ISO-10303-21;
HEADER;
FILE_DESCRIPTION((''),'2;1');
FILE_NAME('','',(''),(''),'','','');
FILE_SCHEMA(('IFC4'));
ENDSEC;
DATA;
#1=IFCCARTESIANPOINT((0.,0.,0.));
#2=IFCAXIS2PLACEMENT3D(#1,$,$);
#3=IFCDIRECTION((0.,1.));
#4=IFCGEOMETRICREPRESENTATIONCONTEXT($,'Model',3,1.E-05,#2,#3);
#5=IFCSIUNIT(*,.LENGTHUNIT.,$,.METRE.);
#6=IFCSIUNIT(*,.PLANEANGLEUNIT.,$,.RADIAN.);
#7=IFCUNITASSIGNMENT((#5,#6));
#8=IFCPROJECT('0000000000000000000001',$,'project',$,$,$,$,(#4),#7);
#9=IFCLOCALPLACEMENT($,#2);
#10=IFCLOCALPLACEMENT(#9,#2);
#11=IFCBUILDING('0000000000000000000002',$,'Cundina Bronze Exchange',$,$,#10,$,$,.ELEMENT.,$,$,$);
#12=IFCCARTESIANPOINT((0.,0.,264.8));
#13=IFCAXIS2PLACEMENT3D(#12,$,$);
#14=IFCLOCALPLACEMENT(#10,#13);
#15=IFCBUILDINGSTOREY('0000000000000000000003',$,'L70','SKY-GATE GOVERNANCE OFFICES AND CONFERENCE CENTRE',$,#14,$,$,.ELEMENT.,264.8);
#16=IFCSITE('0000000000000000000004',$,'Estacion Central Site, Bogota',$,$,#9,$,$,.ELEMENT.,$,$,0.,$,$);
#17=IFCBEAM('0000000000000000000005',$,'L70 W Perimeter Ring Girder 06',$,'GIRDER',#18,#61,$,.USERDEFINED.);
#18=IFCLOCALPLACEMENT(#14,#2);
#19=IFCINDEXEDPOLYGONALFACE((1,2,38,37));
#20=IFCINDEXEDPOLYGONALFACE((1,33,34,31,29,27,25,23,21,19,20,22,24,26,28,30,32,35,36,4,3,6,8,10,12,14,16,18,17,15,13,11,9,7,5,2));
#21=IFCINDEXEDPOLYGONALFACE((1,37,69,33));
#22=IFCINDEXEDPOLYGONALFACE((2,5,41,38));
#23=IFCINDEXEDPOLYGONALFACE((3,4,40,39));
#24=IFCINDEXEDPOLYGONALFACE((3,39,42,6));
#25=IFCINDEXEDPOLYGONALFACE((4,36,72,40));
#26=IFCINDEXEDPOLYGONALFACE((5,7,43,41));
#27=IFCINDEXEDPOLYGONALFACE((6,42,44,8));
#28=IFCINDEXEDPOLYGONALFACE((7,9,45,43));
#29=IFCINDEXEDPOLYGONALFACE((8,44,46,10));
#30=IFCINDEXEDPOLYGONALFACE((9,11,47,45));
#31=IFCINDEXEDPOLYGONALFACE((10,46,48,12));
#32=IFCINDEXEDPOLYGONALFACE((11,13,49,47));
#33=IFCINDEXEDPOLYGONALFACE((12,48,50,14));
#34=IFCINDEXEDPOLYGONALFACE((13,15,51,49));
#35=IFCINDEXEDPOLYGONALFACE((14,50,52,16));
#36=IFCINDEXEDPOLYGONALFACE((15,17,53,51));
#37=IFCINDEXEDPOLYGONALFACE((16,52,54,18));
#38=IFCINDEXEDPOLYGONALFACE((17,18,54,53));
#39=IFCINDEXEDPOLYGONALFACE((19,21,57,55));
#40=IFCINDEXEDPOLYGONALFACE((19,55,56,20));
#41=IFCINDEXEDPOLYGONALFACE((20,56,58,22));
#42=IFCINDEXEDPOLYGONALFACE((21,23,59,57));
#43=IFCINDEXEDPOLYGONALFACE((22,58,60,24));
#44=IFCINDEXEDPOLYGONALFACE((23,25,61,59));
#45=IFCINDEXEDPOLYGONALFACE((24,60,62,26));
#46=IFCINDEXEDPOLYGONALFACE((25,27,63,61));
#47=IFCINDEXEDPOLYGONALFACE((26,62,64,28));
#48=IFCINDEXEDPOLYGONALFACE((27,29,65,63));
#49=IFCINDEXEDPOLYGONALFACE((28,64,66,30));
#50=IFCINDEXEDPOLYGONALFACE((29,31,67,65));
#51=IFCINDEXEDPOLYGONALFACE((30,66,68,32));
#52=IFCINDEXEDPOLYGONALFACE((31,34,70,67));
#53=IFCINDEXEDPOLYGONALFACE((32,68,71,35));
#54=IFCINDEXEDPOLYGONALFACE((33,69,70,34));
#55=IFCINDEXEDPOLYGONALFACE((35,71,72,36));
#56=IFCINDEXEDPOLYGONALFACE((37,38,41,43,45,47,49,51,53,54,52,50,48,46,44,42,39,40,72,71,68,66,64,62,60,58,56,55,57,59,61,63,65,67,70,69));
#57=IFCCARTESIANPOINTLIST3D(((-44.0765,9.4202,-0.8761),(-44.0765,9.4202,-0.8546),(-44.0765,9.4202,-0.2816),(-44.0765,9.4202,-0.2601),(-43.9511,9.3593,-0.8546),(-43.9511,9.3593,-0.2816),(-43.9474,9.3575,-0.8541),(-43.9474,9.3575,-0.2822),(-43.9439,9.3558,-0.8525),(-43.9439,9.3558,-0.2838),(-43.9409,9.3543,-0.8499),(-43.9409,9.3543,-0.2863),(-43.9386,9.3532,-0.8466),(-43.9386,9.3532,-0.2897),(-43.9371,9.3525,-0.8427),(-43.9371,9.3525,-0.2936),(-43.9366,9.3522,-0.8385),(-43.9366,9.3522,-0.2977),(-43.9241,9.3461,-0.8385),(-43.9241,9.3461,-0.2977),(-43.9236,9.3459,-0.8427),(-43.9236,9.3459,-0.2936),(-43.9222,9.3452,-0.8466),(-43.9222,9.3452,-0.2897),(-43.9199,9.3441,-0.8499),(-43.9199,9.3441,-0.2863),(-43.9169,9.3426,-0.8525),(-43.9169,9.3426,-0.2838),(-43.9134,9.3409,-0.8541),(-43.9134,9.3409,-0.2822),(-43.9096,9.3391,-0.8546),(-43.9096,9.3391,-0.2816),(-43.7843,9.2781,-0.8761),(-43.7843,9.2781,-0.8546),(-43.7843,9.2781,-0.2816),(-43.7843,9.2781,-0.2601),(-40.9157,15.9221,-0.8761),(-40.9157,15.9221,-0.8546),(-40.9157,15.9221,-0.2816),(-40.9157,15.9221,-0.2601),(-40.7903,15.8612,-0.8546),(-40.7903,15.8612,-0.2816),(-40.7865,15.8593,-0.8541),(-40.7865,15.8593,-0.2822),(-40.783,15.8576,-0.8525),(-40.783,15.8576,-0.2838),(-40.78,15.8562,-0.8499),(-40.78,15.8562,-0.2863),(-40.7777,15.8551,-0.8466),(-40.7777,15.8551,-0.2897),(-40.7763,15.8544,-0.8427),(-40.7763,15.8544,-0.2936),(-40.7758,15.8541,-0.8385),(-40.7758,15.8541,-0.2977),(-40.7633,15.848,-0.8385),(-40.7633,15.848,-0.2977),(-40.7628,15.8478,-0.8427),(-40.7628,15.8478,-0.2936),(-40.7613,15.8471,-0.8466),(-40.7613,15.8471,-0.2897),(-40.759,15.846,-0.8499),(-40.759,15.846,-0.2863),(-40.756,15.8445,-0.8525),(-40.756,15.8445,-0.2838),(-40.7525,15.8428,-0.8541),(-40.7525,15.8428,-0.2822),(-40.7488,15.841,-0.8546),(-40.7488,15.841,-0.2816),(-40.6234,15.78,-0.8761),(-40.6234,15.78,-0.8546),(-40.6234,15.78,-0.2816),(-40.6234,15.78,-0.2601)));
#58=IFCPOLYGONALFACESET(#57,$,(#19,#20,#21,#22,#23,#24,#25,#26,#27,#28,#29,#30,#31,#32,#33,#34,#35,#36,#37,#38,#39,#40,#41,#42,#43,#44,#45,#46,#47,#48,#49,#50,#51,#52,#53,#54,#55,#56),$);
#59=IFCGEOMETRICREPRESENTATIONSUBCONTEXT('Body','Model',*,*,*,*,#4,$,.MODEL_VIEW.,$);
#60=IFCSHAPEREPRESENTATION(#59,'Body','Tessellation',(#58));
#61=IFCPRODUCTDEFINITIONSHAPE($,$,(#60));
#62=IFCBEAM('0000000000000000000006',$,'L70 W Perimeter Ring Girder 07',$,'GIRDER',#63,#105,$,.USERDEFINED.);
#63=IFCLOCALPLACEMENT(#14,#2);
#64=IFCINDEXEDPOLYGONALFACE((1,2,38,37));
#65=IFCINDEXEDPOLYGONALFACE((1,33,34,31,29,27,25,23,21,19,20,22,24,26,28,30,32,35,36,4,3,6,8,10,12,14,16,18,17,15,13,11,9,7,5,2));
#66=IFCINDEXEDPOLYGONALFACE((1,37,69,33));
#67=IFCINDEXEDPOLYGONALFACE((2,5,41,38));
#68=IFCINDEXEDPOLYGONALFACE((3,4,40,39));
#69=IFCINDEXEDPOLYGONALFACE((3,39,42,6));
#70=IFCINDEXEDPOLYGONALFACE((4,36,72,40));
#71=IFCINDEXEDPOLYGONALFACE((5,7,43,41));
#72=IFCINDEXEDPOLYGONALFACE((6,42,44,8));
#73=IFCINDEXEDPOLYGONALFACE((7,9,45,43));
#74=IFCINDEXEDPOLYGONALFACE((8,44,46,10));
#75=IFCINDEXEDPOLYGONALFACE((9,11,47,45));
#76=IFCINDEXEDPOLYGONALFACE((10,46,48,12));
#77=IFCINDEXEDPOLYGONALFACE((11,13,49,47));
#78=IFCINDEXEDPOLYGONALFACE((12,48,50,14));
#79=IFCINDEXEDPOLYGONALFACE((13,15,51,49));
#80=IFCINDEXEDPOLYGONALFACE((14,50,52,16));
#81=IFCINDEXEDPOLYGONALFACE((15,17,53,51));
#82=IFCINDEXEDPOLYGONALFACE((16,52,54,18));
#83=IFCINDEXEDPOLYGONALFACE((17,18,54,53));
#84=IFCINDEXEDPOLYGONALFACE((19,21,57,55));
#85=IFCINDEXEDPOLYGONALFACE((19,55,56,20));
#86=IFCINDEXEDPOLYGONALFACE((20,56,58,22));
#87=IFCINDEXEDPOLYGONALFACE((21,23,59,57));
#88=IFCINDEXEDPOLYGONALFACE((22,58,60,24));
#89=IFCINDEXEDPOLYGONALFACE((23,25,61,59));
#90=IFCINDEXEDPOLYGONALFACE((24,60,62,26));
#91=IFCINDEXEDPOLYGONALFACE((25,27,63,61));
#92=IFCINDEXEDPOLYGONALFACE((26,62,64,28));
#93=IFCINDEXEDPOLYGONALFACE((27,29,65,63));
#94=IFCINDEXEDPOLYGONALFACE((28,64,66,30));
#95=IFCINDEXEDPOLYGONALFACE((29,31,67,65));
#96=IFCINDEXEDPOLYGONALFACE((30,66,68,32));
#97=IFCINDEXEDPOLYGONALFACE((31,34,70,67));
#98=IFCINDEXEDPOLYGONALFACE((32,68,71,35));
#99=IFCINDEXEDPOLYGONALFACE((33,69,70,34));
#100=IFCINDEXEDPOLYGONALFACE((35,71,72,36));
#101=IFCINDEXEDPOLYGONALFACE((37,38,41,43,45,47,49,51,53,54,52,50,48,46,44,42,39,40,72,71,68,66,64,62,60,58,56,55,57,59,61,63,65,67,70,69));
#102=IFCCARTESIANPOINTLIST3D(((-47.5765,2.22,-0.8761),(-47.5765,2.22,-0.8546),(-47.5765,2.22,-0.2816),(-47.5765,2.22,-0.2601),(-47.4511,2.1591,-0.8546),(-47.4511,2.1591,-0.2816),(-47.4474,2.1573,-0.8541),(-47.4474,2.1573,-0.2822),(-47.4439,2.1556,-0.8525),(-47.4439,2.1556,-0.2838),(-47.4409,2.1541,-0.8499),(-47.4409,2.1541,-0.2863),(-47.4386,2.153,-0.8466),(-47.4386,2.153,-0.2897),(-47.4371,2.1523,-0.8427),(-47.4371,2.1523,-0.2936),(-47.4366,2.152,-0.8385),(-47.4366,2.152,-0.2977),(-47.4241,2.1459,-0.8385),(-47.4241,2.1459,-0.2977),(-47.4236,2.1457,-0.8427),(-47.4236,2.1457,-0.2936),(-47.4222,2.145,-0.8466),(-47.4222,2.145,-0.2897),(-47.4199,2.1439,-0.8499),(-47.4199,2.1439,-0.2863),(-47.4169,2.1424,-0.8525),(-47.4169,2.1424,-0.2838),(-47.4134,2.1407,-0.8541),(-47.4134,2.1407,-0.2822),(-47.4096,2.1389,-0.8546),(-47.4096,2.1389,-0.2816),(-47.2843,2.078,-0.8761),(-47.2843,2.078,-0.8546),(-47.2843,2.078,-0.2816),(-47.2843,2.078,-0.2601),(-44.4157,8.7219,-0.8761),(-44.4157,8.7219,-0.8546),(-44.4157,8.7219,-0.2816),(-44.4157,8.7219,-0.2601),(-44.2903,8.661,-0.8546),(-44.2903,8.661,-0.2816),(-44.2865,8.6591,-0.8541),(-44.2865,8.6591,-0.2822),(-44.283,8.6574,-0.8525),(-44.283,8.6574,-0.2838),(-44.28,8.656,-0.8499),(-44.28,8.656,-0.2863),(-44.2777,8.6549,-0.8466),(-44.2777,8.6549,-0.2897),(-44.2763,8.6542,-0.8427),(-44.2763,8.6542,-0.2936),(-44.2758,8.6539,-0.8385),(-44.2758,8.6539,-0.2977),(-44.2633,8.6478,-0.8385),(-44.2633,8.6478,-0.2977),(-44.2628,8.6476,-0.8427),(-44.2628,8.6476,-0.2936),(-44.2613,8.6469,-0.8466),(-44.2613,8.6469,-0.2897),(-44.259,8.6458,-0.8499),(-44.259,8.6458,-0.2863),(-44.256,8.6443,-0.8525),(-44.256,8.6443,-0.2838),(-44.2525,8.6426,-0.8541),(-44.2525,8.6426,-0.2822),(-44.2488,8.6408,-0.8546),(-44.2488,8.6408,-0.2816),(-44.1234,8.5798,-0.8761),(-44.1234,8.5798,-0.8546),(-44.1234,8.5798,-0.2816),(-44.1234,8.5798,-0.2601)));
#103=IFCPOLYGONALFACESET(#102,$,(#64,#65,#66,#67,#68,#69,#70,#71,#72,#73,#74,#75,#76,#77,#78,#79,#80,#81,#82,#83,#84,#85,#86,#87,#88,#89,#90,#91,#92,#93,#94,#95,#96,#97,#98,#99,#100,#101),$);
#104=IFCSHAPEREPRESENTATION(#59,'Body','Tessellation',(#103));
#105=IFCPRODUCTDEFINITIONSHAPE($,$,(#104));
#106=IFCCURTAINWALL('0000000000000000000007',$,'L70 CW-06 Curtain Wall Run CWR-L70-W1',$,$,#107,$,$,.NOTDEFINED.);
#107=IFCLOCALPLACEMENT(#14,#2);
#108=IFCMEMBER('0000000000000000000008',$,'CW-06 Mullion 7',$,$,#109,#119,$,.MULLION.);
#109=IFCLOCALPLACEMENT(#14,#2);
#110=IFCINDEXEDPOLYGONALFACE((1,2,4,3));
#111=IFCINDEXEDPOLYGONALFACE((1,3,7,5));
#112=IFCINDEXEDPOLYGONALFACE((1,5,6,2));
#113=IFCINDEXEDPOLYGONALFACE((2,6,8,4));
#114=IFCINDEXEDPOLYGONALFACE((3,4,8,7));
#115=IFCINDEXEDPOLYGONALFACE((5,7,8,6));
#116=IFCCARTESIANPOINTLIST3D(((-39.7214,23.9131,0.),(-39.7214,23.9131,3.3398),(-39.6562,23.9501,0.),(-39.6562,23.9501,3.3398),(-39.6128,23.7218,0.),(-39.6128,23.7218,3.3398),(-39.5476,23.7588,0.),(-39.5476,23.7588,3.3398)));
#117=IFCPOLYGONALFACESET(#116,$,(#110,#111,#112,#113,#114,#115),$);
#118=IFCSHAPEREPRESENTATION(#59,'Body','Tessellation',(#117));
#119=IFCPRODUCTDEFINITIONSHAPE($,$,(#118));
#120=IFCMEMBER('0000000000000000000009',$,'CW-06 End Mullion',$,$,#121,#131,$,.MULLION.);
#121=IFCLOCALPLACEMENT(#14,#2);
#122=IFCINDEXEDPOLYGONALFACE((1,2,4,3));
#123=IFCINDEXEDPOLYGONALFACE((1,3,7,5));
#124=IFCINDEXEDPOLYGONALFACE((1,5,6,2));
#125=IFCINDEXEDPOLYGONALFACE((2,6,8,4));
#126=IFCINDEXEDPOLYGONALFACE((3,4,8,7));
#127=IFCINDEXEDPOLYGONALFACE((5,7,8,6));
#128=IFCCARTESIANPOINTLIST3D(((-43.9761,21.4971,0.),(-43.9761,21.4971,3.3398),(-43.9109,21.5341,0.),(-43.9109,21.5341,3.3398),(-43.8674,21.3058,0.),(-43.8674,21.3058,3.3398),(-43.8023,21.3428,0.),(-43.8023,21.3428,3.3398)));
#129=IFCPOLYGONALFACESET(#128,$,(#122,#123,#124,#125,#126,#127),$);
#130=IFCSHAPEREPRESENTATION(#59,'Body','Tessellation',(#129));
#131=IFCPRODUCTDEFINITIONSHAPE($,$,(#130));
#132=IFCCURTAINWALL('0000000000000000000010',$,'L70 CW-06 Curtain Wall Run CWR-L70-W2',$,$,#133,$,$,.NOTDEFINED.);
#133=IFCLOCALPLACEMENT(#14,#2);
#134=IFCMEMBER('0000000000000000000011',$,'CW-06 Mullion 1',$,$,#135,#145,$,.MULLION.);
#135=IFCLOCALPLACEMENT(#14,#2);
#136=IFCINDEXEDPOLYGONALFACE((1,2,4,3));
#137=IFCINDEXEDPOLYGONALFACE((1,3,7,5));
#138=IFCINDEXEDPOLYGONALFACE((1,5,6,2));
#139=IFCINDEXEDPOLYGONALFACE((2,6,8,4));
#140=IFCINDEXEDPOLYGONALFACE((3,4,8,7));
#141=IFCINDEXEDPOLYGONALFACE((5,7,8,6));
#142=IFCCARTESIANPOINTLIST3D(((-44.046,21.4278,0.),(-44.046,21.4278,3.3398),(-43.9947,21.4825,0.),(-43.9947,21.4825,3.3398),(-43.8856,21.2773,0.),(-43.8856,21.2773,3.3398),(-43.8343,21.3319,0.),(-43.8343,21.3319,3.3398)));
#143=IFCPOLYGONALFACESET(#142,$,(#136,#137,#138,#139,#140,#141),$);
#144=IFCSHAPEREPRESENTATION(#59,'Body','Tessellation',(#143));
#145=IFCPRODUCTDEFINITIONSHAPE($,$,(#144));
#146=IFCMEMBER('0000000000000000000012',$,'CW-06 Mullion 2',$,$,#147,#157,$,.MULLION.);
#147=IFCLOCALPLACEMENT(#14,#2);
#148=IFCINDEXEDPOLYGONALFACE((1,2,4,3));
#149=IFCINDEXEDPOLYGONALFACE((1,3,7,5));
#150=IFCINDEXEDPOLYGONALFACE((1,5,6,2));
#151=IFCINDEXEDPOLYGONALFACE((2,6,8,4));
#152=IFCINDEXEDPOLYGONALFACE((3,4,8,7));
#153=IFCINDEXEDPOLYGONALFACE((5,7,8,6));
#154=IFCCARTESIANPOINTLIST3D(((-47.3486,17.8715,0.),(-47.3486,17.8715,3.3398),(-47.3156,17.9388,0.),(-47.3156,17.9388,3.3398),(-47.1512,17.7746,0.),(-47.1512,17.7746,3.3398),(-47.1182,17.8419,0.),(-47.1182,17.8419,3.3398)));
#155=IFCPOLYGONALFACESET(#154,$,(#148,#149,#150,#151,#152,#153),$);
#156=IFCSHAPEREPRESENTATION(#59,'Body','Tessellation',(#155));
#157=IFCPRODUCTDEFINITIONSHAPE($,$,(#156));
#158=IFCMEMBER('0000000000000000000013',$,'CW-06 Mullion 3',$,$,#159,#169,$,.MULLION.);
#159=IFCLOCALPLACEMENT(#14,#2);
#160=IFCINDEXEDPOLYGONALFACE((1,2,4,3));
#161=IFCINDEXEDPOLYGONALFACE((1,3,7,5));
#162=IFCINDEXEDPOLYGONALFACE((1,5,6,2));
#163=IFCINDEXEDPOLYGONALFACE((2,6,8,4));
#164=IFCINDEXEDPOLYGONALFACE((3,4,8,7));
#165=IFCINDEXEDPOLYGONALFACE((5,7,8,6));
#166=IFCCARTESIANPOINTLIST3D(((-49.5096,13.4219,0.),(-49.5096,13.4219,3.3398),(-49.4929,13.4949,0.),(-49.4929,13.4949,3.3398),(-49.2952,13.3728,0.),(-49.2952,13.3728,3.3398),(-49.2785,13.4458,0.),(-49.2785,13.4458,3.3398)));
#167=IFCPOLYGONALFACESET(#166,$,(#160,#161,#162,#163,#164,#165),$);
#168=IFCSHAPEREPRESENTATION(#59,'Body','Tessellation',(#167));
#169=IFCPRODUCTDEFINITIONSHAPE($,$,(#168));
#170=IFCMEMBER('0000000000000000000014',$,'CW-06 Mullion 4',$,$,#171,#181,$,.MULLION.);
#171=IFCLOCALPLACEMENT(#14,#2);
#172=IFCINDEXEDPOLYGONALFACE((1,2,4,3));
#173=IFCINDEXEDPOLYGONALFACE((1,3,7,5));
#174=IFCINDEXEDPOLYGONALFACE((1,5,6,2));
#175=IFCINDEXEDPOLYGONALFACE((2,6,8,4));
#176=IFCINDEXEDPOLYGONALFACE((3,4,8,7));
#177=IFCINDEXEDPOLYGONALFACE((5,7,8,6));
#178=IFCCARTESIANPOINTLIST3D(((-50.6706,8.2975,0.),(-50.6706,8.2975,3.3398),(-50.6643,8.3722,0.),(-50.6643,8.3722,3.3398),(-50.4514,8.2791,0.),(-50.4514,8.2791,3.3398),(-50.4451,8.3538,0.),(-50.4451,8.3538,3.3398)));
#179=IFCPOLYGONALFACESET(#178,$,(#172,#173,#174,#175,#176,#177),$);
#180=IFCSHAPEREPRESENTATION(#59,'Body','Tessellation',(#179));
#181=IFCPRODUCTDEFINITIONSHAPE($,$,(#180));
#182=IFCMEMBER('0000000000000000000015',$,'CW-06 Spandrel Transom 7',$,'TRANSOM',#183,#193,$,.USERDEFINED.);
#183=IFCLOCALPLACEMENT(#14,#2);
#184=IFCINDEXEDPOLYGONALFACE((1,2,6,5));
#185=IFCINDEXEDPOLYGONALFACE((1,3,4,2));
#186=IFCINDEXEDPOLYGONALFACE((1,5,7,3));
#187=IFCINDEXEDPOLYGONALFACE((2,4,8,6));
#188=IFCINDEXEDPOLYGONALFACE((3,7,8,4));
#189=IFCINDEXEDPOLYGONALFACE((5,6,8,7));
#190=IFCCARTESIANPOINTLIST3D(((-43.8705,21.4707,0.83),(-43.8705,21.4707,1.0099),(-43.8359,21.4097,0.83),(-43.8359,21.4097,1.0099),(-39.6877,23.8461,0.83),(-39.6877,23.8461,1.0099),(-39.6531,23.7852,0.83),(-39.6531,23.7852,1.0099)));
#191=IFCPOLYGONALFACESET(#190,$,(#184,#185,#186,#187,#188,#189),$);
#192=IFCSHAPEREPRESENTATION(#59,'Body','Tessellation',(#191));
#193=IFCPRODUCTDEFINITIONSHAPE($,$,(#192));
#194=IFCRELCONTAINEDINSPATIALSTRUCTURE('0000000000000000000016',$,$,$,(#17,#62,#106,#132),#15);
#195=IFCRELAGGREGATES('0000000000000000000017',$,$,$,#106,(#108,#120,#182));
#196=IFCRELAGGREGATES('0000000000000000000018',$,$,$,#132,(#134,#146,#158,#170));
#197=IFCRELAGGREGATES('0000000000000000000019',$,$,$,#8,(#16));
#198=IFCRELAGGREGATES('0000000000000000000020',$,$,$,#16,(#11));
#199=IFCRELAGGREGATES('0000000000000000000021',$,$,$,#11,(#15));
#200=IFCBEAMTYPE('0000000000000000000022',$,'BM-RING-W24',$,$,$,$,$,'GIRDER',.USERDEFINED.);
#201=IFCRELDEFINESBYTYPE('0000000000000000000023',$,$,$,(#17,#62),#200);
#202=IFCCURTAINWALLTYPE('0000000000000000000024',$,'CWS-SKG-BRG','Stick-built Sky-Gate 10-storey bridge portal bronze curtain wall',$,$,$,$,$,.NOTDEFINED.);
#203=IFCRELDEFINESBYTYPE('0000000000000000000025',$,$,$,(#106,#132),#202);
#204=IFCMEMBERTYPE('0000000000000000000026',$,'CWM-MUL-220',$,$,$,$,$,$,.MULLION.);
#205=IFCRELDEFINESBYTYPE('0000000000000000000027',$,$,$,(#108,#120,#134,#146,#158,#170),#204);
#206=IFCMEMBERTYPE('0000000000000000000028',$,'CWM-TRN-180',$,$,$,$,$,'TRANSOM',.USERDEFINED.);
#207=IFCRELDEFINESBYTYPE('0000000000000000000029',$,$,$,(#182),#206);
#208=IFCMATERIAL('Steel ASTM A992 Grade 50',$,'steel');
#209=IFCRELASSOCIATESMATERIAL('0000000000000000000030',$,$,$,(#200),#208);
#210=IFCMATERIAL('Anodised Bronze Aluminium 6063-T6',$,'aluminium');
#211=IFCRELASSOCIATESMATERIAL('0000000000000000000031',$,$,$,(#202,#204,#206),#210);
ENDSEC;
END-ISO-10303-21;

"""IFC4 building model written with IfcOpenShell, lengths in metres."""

from ifc_helpers import new_model, si_unit, direction, frame, origin, origin_2d, place, context, subcontext, project, spatial, rectangle, i_section, extrude, material, material_profile, profile_set, type_object, element, aggregate, save


model = new_model("IFC4")

# Units and contexts
model_context = context("Model", 3, precision=1e-05, world=origin(), true_north=direction((0.0, 1.0)))
body_context = subcontext(model_context, "Body", "Model", "MODEL_VIEW")
ifc_project = project(units=[si_unit("LENGTHUNIT", "METRE"), si_unit("PLANEANGLEUNIT", "RADIAN")], contexts=[model_context])

# Site, building, storey
site_placement = place(None, origin())
site = spatial("IfcSite", under=ifc_project, at=site_placement, Name="Estacion Central Site, Bogota", CompositionType="ELEMENT", RefElevation=0.0)
building_placement = place(site_placement, origin())
building = spatial("IfcBuilding", under=site, at=building_placement, Name="Cundina Bronze Exchange", CompositionType="ELEMENT")
storey_placement = place(building_placement, frame((0.0, 0.0, 264.8)))
storey = spatial("IfcBuildingStorey", under=building, at=storey_placement, Name="L70", Description="SKY-GATE GOVERNANCE OFFICES AND CONFERENCE CENTRE", CompositionType="ELEMENT", Elevation=264.8)

# Beams
ifc_material_1 = material(Name="Steel ASTM A992 Grade 50", Category="steel")
ifc_material_profile_1 = material_profile(ifc_material_1, i_section(OverallWidth=0.325, OverallDepth=0.616, WebThickness=0.0139, FlangeThickness=0.0215, FilletRadius=0.0161, at=origin_2d()), Name="W24X117", Category="steel")
ifc_profile_set_1 = profile_set([ifc_material_profile_1], Name="Steel ASTM A992 Grade 50")
beam_type_1 = type_object("IfcBeamType", Name="BM-RING-W24", ElementType="GIRDER", PredefinedType="USERDEFINED", material=ifc_profile_set_1)
for number, where, z_axis, x_axis, name in (
    (1, (-40.7695, 15.8511, -0.5681), (-0.437217, -0.899356, 0.0), (0.899356, -0.437217, 0.0), "L70 W Perimeter Ring Girder 06"),
    (2, (-44.2695, 8.6509, -0.5681), (-0.437217, -0.899356, 0.0), (0.899356, -0.437217, 0.0), "L70 W Perimeter Ring Girder 07"),
):
    element("IfcBeam", number, at=place(storey_placement, frame(where, z_axis=z_axis, x_axis=x_axis)), inside=storey, type_object=beam_type_1, Name=name, ObjectType="GIRDER", PredefinedType="USERDEFINED", context=body_context, shape_type="SweptSolid", body=[
        extrude(i_section(OverallWidth=0.325, OverallDepth=0.616, WebThickness=0.0139, FlangeThickness=0.0215, FilletRadius=0.0161, at=origin_2d()), origin(), (0.0, 0.0, 1.0), 7.2295),
    ])

# Curtain walls, members
ifc_material_2 = material(Name="Anodised Bronze Aluminium 6063-T6", Category="aluminium")
curtain_wall_type = type_object("IfcCurtainWallType", Name="CWS-SKG-BRG", Description="Stick-built Sky-Gate 10-storey bridge portal bronze curtain wall", PredefinedType="NOTDEFINED", material=ifc_material_2)
curtain_wall_1_placement = place(storey_placement, origin())
curtain_wall_1 = element("IfcCurtainWall", 3, at=curtain_wall_1_placement, inside=storey, type_object=curtain_wall_type, Name="L70 CW-06 Curtain Wall Run CWR-L70-W1", PredefinedType="NOTDEFINED")
ifc_material_profile_2 = material_profile(ifc_material_2, rectangle(XDim=0.075, YDim=0.22, at=origin_2d()), Name="AL75X220", Category="aluminium")
ifc_profile_set_2 = profile_set([ifc_material_profile_2], Name="Anodised Bronze Aluminium 6063-T6")
member_type_1 = type_object("IfcMemberType", Name="CWM-MUL-220", PredefinedType="MULLION", material=ifc_profile_set_2)
member_1_placement = place(storey_placement, frame((-39.6345, 23.8359, 0.0), z_axis=(0.0, 0.0, 1.0), x_axis=(-0.869581, -0.49379, 0.0)))
member_1 = element("IfcMember", 4, at=member_1_placement, type_object=member_type_1, Name="CW-06 Mullion 7", PredefinedType="MULLION", context=body_context, shape_type="SweptSolid", body=[
    extrude(rectangle(XDim=0.075, YDim=0.22, at=origin_2d()), origin(), (0.0, 0.0, 1.0), 3.3398),
])
member_2_placement = place(storey_placement, frame((-43.8892, 21.4199, 0.0), z_axis=(0.0, 0.0, 1.0), x_axis=(-0.869581, -0.49379, 0.0)))
member_2 = element("IfcMember", 5, at=member_2_placement, type_object=member_type_1, Name="CW-06 End Mullion", PredefinedType="MULLION", context=body_context, shape_type="SweptSolid", body=[
    extrude(rectangle(XDim=0.075, YDim=0.22, at=origin_2d()), origin(), (0.0, 0.0, 1.0), 3.3398),
])
curtain_wall_2_placement = place(storey_placement, origin())
curtain_wall_2 = element("IfcCurtainWall", 6, at=curtain_wall_2_placement, inside=storey, type_object=curtain_wall_type, Name="L70 CW-06 Curtain Wall Run CWR-L70-W2", PredefinedType="NOTDEFINED")
member_3_placement = place(storey_placement, frame((-43.9402, 21.3799, 0.0), z_axis=(0.0, 0.0, 1.0), x_axis=(-0.684293, -0.729208, 0.0)))
member_3 = element("IfcMember", 7, at=member_3_placement, type_object=member_type_1, Name="CW-06 Mullion 1", PredefinedType="MULLION", context=body_context, shape_type="SweptSolid", body=[
    extrude(rectangle(XDim=0.075, YDim=0.22, at=origin_2d()), origin(), (0.0, 0.0, 1.0), 3.3398),
])
member_4_placement = place(storey_placement, frame((-47.2334, 17.8567, 0.0), z_axis=(0.0, 0.0, 1.0), x_axis=(-0.440566, -0.89772, 0.0)))
member_4 = element("IfcMember", 8, at=member_4_placement, type_object=member_type_1, Name="CW-06 Mullion 2", PredefinedType="MULLION", context=body_context, shape_type="SweptSolid", body=[
    extrude(rectangle(XDim=0.075, YDim=0.22, at=origin_2d()), origin(), (0.0, 0.0, 1.0), 3.3398),
])
member_5_placement = place(storey_placement, frame((-49.394, 13.4338, 0.0), z_axis=(0.0, 0.0, 1.0), x_axis=(-0.22325, -0.974761, 0.0)))
member_5 = element("IfcMember", 9, at=member_5_placement, type_object=member_type_1, Name="CW-06 Mullion 3", PredefinedType="MULLION", context=body_context, shape_type="SweptSolid", body=[
    extrude(rectangle(XDim=0.075, YDim=0.22, at=origin_2d()), origin(), (0.0, 0.0, 1.0), 3.3398),
])
member_6_placement = place(storey_placement, frame((-50.5579, 8.3257, 0.0), z_axis=(0.0, 0.0, 1.0), x_axis=(-0.083678, -0.996493, 0.0)))
member_6 = element("IfcMember", 10, at=member_6_placement, type_object=member_type_1, Name="CW-06 Mullion 4", PredefinedType="MULLION", context=body_context, shape_type="SweptSolid", body=[
    extrude(rectangle(XDim=0.075, YDim=0.22, at=origin_2d()), origin(), (0.0, 0.0, 1.0), 3.3398),
])

# Member
ifc_material_profile_3 = material_profile(ifc_material_2, rectangle(XDim=0.0701, YDim=0.1799, at=origin_2d()), Name="AL70X180", Category="aluminium")
ifc_profile_set_3 = profile_set([ifc_material_profile_3], Name="Anodised Bronze Aluminium 6063-T6")
member_type_2 = type_object("IfcMemberType", Name="CWM-TRN-180", ElementType="TRANSOM", PredefinedType="USERDEFINED", material=ifc_profile_set_3)
member_7_placement = place(storey_placement, frame((-39.6704, 23.8157, 0.9199), z_axis=(-0.869558, -0.493831, 0.0), x_axis=(0.493831, -0.869558, 0.0)))
member_7 = element("IfcMember", 11, at=member_7_placement, type_object=member_type_2, Name="CW-06 Spandrel Transom 7", ObjectType="TRANSOM", PredefinedType="USERDEFINED", context=body_context, shape_type="SweptSolid", body=[
    extrude(rectangle(XDim=0.0701, YDim=0.1799, at=origin_2d()), origin(), (0.0, 0.0, 1.0), 4.8103),
])

aggregate(curtain_wall_1, [member_1, member_2, member_7])
aggregate(curtain_wall_2, [member_3, member_4, member_5, member_6])

save(model, "model.ifc")
